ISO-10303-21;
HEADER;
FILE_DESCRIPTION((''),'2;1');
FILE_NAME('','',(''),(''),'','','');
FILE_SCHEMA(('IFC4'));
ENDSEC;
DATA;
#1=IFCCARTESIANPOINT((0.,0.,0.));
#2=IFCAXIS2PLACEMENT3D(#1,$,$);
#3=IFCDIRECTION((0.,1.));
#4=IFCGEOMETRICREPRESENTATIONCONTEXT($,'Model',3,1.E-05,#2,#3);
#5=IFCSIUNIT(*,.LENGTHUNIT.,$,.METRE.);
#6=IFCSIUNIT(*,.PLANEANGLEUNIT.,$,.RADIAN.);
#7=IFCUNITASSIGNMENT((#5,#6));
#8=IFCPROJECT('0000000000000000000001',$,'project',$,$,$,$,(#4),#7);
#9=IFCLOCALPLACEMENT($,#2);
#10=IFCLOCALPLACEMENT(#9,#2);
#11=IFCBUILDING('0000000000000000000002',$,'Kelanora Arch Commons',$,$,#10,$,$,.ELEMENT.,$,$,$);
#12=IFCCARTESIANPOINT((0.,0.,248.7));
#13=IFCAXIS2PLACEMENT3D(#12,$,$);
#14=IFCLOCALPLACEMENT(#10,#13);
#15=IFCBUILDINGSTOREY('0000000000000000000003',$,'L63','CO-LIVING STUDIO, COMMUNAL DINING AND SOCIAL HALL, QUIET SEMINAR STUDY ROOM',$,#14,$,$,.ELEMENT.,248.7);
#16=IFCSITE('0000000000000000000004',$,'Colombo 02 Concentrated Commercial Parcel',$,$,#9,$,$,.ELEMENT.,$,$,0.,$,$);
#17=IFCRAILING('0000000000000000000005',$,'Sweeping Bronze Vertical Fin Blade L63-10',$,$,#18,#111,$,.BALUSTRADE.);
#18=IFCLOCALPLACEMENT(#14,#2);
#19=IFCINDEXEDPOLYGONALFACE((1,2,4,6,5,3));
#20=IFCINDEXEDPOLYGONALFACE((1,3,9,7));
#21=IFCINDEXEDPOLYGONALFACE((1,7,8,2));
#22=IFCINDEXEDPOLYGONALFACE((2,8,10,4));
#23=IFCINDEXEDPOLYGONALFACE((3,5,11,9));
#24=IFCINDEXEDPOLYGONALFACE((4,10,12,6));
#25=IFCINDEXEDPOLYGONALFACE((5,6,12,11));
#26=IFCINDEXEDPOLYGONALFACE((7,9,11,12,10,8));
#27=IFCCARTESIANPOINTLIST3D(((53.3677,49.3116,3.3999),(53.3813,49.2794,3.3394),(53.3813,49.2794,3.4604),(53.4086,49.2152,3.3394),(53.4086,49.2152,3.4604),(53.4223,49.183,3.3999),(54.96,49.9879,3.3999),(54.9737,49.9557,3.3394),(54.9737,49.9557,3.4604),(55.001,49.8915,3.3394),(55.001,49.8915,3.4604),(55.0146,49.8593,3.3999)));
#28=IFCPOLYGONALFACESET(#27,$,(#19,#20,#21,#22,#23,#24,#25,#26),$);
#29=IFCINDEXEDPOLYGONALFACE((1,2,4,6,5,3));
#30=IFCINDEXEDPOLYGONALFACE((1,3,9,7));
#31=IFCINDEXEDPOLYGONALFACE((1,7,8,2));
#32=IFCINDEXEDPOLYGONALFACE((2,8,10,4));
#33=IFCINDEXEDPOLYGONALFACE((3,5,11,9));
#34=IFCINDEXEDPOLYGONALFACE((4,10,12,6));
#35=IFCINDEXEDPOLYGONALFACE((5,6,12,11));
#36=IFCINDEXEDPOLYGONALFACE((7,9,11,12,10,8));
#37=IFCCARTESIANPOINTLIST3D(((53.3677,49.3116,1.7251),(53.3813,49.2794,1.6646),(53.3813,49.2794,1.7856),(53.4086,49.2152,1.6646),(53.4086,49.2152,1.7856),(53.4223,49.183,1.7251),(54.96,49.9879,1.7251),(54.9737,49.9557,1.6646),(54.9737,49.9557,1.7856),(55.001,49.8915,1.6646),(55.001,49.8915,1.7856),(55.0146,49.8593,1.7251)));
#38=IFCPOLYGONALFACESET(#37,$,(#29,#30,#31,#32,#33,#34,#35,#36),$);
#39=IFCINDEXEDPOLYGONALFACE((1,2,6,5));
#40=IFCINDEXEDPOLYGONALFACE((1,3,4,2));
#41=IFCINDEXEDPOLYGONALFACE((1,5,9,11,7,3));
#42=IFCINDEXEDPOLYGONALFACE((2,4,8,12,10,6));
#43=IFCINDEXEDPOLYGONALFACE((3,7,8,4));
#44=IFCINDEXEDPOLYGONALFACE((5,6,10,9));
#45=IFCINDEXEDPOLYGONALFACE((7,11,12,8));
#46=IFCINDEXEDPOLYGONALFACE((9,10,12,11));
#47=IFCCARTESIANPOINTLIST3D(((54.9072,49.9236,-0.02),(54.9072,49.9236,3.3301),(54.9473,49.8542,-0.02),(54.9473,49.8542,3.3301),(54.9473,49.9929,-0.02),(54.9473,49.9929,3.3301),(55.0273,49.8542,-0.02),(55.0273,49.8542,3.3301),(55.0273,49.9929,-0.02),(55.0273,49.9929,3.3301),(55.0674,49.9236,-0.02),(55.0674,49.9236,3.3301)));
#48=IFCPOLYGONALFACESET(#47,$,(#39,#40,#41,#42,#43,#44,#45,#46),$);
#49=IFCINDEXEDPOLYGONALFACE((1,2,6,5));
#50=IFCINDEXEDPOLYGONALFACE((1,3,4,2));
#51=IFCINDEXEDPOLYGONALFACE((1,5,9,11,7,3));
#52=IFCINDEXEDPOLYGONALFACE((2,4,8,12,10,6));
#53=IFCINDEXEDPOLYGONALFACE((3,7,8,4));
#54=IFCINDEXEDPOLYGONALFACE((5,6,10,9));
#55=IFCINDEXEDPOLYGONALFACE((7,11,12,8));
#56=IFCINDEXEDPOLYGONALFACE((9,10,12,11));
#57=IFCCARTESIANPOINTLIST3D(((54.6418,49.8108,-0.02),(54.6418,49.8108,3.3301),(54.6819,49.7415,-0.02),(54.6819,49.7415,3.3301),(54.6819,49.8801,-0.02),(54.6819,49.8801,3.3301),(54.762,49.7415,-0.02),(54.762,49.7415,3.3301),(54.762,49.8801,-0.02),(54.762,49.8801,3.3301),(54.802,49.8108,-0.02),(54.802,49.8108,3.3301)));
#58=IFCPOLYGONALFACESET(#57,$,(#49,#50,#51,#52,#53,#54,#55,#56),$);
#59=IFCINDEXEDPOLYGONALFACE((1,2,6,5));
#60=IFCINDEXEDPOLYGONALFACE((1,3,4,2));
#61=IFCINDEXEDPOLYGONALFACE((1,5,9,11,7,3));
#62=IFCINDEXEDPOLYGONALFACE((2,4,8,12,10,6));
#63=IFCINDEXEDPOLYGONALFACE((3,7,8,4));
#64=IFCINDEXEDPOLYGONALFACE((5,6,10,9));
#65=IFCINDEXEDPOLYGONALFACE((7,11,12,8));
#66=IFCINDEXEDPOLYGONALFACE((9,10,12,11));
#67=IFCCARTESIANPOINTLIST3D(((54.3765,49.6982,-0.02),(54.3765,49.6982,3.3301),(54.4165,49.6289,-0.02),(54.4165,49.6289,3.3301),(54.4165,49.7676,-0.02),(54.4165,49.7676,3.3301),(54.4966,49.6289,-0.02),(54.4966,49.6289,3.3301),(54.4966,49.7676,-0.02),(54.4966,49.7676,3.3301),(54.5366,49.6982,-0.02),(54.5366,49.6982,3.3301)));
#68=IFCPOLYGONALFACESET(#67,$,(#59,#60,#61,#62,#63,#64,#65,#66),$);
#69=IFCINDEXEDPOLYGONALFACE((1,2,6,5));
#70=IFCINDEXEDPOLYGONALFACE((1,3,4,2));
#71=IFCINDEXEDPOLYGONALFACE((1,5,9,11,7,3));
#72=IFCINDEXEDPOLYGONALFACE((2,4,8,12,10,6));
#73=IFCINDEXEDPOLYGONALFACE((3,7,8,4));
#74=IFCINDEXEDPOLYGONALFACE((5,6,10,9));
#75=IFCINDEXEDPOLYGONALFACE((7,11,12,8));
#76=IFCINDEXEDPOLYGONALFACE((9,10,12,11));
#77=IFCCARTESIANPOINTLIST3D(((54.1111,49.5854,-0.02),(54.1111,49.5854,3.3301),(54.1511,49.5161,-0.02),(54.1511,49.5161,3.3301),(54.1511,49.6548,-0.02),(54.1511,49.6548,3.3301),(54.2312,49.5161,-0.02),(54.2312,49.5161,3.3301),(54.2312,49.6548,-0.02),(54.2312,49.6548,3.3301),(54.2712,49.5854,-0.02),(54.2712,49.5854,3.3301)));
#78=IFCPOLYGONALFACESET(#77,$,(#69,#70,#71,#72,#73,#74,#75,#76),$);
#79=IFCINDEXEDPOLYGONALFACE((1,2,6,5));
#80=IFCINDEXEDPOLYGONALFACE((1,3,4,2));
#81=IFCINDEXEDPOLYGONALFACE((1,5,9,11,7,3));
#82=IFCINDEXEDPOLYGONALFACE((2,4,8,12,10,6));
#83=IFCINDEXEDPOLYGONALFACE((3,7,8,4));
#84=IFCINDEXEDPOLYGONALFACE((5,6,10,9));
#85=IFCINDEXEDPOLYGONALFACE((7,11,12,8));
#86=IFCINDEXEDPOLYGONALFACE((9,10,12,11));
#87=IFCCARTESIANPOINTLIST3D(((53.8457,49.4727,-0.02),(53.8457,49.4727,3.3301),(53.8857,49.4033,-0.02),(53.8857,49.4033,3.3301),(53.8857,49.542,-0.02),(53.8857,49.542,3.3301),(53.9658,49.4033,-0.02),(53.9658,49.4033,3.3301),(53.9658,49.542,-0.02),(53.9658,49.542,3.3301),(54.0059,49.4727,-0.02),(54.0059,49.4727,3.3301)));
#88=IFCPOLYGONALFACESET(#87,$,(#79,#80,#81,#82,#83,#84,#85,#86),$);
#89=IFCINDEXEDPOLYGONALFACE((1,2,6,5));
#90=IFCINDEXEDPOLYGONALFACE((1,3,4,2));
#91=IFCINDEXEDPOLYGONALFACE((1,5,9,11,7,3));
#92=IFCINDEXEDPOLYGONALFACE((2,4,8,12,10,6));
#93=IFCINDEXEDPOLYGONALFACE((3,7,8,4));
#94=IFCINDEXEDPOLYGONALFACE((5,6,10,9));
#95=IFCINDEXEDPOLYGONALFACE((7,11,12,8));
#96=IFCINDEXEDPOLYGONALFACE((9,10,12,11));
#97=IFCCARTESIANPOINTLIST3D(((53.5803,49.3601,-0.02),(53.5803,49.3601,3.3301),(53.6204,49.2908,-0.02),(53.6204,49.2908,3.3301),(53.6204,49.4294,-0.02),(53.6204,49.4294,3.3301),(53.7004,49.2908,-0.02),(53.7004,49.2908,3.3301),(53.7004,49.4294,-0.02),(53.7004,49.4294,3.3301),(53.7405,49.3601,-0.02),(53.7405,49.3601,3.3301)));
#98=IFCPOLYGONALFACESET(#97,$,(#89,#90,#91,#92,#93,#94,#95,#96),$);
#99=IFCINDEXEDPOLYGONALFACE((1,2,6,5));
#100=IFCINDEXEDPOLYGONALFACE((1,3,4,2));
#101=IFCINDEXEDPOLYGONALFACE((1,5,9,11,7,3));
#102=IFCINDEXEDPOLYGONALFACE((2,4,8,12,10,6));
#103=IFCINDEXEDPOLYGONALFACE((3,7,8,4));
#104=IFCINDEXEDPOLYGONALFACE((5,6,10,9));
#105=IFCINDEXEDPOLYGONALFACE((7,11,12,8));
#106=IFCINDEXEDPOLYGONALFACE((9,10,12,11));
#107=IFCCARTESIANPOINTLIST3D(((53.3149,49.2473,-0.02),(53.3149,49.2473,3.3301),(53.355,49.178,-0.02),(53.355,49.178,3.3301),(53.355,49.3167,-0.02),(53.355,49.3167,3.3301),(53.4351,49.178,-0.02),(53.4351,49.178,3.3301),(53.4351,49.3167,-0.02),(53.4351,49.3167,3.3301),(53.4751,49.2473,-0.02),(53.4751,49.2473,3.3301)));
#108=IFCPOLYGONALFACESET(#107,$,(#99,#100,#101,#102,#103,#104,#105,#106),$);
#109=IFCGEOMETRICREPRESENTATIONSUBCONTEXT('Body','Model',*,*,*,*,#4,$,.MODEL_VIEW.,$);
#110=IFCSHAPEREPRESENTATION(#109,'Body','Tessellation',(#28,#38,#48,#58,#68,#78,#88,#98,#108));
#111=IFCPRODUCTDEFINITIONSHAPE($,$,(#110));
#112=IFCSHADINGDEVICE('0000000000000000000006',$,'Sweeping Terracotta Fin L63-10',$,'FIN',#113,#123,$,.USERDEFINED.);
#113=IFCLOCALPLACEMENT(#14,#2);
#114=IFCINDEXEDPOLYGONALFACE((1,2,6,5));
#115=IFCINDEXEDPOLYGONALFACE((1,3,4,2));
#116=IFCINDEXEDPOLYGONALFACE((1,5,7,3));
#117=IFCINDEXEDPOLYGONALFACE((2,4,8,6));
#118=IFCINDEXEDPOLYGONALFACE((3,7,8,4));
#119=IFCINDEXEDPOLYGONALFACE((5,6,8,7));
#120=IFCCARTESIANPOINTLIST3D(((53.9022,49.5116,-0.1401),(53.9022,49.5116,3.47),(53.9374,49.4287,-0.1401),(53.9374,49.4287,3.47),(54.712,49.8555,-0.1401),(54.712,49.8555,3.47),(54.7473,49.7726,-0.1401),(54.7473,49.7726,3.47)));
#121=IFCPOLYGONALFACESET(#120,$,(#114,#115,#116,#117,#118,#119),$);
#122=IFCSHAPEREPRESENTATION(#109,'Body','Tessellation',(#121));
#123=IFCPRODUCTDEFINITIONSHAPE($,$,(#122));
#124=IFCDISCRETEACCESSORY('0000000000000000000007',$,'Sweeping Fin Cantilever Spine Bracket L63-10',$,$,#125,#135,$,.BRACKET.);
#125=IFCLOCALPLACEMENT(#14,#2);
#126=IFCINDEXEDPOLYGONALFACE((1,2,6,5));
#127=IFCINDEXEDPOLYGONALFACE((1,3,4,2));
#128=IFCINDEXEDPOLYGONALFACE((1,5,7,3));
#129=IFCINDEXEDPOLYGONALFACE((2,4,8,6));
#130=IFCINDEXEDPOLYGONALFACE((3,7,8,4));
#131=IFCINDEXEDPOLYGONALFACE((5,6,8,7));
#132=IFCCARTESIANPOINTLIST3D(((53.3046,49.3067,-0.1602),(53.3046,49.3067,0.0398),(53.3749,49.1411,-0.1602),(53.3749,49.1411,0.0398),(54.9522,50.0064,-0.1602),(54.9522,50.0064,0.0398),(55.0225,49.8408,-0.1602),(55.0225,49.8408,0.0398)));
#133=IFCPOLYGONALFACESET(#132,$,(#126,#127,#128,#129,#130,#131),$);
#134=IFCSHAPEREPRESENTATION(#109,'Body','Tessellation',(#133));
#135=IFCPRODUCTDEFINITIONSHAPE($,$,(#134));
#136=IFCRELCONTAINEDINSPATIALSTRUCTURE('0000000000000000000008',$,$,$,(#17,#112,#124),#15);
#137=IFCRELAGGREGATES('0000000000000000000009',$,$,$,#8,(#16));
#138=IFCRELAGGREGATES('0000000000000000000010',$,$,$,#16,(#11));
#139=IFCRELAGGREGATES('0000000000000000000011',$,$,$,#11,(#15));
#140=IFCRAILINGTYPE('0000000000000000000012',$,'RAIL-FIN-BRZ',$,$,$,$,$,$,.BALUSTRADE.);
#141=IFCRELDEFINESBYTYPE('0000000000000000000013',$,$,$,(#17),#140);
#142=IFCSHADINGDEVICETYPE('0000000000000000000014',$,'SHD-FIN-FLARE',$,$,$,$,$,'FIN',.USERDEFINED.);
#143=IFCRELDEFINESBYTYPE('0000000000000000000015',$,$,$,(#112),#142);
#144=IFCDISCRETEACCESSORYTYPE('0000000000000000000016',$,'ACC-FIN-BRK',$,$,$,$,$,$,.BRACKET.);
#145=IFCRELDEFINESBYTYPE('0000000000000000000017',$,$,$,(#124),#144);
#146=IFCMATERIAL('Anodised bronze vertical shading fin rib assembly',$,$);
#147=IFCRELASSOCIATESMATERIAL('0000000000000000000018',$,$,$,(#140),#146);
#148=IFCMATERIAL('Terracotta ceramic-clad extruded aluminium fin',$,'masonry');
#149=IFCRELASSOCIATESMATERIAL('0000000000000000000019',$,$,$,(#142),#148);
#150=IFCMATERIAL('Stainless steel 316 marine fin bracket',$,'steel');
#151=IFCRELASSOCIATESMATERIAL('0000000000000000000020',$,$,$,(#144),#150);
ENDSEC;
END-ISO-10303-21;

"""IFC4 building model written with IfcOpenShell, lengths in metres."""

from ifc_helpers import new_model, si_unit, direction, frame, origin, origin_2d, place, context, subcontext, project, spatial, polyline, rectangle, outline, extrude, source, transform, mapped, material, type_object, element, save


model = new_model("IFC4")

# Units and contexts
model_context = context("Model", 3, precision=1e-05, world=origin(), true_north=direction((0.0, 1.0)))
body_context = subcontext(model_context, "Body", "Model", "MODEL_VIEW")
ifc_project = project(units=[si_unit("LENGTHUNIT", "METRE"), si_unit("PLANEANGLEUNIT", "RADIAN")], contexts=[model_context])

# Site, building, storey
site_placement = place(None, origin())
site = spatial("IfcSite", under=ifc_project, at=site_placement, Name="Colombo 02 Concentrated Commercial Parcel", CompositionType="ELEMENT", RefElevation=0.0)
building_placement = place(site_placement, origin())
building = spatial("IfcBuilding", under=site, at=building_placement, Name="Kelanora Arch Commons", CompositionType="ELEMENT")
storey_placement = place(building_placement, frame((0.0, 0.0, 248.7)))
storey = spatial("IfcBuildingStorey", under=building, at=storey_placement, Name="L63", Description="CO-LIVING STUDIO, COMMUNAL DINING AND SOCIAL HALL, QUIET SEMINAR STUDY ROOM", CompositionType="ELEMENT", Elevation=248.7)

# Railing
ifc_material_1 = material(Name="Anodised bronze vertical shading fin rib assembly")
railing_type = type_object("IfcRailingType", Name="RAIL-FIN-BRZ", PredefinedType="BALUSTRADE", material=ifc_material_1)
railing_placement = place(storey_placement, frame((54.9873, 49.9236, -0.02)))
element("IfcRailing", 1, at=railing_placement, inside=storey, type_object=railing_type, Name="Sweeping Bronze Vertical Fin Blade L63-10", PredefinedType="BALUSTRADE", context=body_context, shape_type="SweptSolid", body=[
    extrude(outline(polyline([(0.0698, 0.0), (0.0349, 0.0605), (-0.0349, 0.0605), (-0.0698, 0.0), (-0.0349, -0.0605), (0.0349, -0.0605), (0.0698, 0.0)])), frame((0.0, 0.0, 3.4199), z_axis=(-0.920425, -0.390919, 0.0), x_axis=(0.390919, -0.920425, 0.0)), (0.0, 0.0, 1.0), 1.73),
    extrude(outline(polyline([(0.0698, 0.0), (0.0349, 0.0605), (-0.0349, 0.0605), (-0.0698, 0.0), (-0.0349, -0.0605), (0.0349, -0.0605), (0.0698, 0.0)])), frame((0.0, 0.0, 1.7451), z_axis=(-0.920425, -0.390919, 0.0), x_axis=(0.390919, -0.920425, 0.0)), (0.0, 0.0, 1.0), 1.73),
    extrude(outline(polyline([(0.0801, 0.0), (0.04, 0.0693), (-0.04, 0.0693), (-0.0801, 0.0), (-0.04, -0.0693), (0.04, -0.0693), (0.0801, 0.0)])), origin(), (0.0, 0.0, 1.0), 3.3501),
    extrude(outline(polyline([(0.0801, 0.0), (0.04, 0.0693), (-0.04, 0.0693), (-0.0801, 0.0), (-0.04, -0.0693), (0.04, -0.0693), (0.0801, 0.0)])), frame((-0.2654, -0.1128, 0.0)), (0.0, 0.0, 1.0), 3.3501),
    extrude(outline(polyline([(0.0801, 0.0), (0.04, 0.0693), (-0.04, 0.0693), (-0.0801, 0.0), (-0.04, -0.0693), (0.04, -0.0693), (0.0801, 0.0)])), frame((-0.5308, -0.2253, 0.0)), (0.0, 0.0, 1.0), 3.3501),
    extrude(outline(polyline([(0.0801, 0.0), (0.04, 0.0693), (-0.04, 0.0693), (-0.0801, 0.0), (-0.04, -0.0693), (0.04, -0.0693), (0.0801, 0.0)])), frame((-0.7961, -0.3381, 0.0)), (0.0, 0.0, 1.0), 3.3501),
    extrude(outline(polyline([(0.0801, 0.0), (0.04, 0.0693), (-0.04, 0.0693), (-0.0801, 0.0), (-0.04, -0.0693), (0.04, -0.0693), (0.0801, 0.0)])), frame((-1.0615, -0.4509, 0.0)), (0.0, 0.0, 1.0), 3.3501),
    extrude(outline(polyline([(0.0801, 0.0), (0.04, 0.0693), (-0.04, 0.0693), (-0.0801, 0.0), (-0.04, -0.0693), (0.04, -0.0693), (0.0801, 0.0)])), frame((-1.3269, -0.5635, 0.0)), (0.0, 0.0, 1.0), 3.3501),
    extrude(outline(polyline([(0.0801, 0.0), (0.04, 0.0693), (-0.04, 0.0693), (-0.0801, 0.0), (-0.04, -0.0693), (0.04, -0.0693), (0.0801, 0.0)])), frame((-1.5923, -0.6763, 0.0)), (0.0, 0.0, 1.0), 3.3501),
])

# Shading device
ifc_material_2 = material(Name="Terracotta ceramic-clad extruded aluminium fin", Category="masonry")
shading_device_type = type_object("IfcShadingDeviceType", Name="SHD-FIN-FLARE", ElementType="FIN", PredefinedType="USERDEFINED", material=ifc_material_2)
shared_shape_1 = source(origin(), body_context, "Body", "SweptSolid", [
    extrude(rectangle(XDim=0.8799, YDim=0.0901, at=origin_2d()), origin(), (0.0, 0.0, 1.0), 3.6101),
])
shading_device_placement = place(storey_placement, frame((54.3247, 49.6421, -0.1401), z_axis=(0.0, 0.0, 1.0), x_axis=(-0.920437, -0.390892, 0.0)))
element("IfcShadingDevice", 2, at=shading_device_placement, inside=storey, type_object=shading_device_type, Name="Sweeping Terracotta Fin L63-10", ObjectType="FIN", PredefinedType="USERDEFINED", context=body_context, shape_type="MappedRepresentation", body=[
    mapped(shared_shape_1, transform((0.0, 0.0, 0.0), scale=1.0)),
])

# Discrete accessory
ifc_material_3 = material(Name="Stainless steel 316 marine fin bracket", Category="steel")
discrete_accessory_type = type_object("IfcDiscreteAccessoryType", Name="ACC-FIN-BRK", PredefinedType="BRACKET", material=ifc_material_3)
shared_shape_2 = source(origin(), body_context, "Body", "SweptSolid", [
    extrude(rectangle(XDim=1.79, YDim=0.1799, at=origin_2d()), origin(), (0.0, 0.0, 1.0), 0.2),
])
discrete_accessory_placement = place(storey_placement, frame((54.1636, 49.5737, -0.1602), z_axis=(0.0, 0.0, 1.0), x_axis=(-0.920437, -0.390892, 0.0)))
element("IfcDiscreteAccessory", 3, at=discrete_accessory_placement, inside=storey, type_object=discrete_accessory_type, Name="Sweeping Fin Cantilever Spine Bracket L63-10", PredefinedType="BRACKET", context=body_context, shape_type="MappedRepresentation", body=[
    mapped(shared_shape_2, transform((0.0, 0.0, 0.0), scale=1.0)),
])

save(model, "model.ifc")
